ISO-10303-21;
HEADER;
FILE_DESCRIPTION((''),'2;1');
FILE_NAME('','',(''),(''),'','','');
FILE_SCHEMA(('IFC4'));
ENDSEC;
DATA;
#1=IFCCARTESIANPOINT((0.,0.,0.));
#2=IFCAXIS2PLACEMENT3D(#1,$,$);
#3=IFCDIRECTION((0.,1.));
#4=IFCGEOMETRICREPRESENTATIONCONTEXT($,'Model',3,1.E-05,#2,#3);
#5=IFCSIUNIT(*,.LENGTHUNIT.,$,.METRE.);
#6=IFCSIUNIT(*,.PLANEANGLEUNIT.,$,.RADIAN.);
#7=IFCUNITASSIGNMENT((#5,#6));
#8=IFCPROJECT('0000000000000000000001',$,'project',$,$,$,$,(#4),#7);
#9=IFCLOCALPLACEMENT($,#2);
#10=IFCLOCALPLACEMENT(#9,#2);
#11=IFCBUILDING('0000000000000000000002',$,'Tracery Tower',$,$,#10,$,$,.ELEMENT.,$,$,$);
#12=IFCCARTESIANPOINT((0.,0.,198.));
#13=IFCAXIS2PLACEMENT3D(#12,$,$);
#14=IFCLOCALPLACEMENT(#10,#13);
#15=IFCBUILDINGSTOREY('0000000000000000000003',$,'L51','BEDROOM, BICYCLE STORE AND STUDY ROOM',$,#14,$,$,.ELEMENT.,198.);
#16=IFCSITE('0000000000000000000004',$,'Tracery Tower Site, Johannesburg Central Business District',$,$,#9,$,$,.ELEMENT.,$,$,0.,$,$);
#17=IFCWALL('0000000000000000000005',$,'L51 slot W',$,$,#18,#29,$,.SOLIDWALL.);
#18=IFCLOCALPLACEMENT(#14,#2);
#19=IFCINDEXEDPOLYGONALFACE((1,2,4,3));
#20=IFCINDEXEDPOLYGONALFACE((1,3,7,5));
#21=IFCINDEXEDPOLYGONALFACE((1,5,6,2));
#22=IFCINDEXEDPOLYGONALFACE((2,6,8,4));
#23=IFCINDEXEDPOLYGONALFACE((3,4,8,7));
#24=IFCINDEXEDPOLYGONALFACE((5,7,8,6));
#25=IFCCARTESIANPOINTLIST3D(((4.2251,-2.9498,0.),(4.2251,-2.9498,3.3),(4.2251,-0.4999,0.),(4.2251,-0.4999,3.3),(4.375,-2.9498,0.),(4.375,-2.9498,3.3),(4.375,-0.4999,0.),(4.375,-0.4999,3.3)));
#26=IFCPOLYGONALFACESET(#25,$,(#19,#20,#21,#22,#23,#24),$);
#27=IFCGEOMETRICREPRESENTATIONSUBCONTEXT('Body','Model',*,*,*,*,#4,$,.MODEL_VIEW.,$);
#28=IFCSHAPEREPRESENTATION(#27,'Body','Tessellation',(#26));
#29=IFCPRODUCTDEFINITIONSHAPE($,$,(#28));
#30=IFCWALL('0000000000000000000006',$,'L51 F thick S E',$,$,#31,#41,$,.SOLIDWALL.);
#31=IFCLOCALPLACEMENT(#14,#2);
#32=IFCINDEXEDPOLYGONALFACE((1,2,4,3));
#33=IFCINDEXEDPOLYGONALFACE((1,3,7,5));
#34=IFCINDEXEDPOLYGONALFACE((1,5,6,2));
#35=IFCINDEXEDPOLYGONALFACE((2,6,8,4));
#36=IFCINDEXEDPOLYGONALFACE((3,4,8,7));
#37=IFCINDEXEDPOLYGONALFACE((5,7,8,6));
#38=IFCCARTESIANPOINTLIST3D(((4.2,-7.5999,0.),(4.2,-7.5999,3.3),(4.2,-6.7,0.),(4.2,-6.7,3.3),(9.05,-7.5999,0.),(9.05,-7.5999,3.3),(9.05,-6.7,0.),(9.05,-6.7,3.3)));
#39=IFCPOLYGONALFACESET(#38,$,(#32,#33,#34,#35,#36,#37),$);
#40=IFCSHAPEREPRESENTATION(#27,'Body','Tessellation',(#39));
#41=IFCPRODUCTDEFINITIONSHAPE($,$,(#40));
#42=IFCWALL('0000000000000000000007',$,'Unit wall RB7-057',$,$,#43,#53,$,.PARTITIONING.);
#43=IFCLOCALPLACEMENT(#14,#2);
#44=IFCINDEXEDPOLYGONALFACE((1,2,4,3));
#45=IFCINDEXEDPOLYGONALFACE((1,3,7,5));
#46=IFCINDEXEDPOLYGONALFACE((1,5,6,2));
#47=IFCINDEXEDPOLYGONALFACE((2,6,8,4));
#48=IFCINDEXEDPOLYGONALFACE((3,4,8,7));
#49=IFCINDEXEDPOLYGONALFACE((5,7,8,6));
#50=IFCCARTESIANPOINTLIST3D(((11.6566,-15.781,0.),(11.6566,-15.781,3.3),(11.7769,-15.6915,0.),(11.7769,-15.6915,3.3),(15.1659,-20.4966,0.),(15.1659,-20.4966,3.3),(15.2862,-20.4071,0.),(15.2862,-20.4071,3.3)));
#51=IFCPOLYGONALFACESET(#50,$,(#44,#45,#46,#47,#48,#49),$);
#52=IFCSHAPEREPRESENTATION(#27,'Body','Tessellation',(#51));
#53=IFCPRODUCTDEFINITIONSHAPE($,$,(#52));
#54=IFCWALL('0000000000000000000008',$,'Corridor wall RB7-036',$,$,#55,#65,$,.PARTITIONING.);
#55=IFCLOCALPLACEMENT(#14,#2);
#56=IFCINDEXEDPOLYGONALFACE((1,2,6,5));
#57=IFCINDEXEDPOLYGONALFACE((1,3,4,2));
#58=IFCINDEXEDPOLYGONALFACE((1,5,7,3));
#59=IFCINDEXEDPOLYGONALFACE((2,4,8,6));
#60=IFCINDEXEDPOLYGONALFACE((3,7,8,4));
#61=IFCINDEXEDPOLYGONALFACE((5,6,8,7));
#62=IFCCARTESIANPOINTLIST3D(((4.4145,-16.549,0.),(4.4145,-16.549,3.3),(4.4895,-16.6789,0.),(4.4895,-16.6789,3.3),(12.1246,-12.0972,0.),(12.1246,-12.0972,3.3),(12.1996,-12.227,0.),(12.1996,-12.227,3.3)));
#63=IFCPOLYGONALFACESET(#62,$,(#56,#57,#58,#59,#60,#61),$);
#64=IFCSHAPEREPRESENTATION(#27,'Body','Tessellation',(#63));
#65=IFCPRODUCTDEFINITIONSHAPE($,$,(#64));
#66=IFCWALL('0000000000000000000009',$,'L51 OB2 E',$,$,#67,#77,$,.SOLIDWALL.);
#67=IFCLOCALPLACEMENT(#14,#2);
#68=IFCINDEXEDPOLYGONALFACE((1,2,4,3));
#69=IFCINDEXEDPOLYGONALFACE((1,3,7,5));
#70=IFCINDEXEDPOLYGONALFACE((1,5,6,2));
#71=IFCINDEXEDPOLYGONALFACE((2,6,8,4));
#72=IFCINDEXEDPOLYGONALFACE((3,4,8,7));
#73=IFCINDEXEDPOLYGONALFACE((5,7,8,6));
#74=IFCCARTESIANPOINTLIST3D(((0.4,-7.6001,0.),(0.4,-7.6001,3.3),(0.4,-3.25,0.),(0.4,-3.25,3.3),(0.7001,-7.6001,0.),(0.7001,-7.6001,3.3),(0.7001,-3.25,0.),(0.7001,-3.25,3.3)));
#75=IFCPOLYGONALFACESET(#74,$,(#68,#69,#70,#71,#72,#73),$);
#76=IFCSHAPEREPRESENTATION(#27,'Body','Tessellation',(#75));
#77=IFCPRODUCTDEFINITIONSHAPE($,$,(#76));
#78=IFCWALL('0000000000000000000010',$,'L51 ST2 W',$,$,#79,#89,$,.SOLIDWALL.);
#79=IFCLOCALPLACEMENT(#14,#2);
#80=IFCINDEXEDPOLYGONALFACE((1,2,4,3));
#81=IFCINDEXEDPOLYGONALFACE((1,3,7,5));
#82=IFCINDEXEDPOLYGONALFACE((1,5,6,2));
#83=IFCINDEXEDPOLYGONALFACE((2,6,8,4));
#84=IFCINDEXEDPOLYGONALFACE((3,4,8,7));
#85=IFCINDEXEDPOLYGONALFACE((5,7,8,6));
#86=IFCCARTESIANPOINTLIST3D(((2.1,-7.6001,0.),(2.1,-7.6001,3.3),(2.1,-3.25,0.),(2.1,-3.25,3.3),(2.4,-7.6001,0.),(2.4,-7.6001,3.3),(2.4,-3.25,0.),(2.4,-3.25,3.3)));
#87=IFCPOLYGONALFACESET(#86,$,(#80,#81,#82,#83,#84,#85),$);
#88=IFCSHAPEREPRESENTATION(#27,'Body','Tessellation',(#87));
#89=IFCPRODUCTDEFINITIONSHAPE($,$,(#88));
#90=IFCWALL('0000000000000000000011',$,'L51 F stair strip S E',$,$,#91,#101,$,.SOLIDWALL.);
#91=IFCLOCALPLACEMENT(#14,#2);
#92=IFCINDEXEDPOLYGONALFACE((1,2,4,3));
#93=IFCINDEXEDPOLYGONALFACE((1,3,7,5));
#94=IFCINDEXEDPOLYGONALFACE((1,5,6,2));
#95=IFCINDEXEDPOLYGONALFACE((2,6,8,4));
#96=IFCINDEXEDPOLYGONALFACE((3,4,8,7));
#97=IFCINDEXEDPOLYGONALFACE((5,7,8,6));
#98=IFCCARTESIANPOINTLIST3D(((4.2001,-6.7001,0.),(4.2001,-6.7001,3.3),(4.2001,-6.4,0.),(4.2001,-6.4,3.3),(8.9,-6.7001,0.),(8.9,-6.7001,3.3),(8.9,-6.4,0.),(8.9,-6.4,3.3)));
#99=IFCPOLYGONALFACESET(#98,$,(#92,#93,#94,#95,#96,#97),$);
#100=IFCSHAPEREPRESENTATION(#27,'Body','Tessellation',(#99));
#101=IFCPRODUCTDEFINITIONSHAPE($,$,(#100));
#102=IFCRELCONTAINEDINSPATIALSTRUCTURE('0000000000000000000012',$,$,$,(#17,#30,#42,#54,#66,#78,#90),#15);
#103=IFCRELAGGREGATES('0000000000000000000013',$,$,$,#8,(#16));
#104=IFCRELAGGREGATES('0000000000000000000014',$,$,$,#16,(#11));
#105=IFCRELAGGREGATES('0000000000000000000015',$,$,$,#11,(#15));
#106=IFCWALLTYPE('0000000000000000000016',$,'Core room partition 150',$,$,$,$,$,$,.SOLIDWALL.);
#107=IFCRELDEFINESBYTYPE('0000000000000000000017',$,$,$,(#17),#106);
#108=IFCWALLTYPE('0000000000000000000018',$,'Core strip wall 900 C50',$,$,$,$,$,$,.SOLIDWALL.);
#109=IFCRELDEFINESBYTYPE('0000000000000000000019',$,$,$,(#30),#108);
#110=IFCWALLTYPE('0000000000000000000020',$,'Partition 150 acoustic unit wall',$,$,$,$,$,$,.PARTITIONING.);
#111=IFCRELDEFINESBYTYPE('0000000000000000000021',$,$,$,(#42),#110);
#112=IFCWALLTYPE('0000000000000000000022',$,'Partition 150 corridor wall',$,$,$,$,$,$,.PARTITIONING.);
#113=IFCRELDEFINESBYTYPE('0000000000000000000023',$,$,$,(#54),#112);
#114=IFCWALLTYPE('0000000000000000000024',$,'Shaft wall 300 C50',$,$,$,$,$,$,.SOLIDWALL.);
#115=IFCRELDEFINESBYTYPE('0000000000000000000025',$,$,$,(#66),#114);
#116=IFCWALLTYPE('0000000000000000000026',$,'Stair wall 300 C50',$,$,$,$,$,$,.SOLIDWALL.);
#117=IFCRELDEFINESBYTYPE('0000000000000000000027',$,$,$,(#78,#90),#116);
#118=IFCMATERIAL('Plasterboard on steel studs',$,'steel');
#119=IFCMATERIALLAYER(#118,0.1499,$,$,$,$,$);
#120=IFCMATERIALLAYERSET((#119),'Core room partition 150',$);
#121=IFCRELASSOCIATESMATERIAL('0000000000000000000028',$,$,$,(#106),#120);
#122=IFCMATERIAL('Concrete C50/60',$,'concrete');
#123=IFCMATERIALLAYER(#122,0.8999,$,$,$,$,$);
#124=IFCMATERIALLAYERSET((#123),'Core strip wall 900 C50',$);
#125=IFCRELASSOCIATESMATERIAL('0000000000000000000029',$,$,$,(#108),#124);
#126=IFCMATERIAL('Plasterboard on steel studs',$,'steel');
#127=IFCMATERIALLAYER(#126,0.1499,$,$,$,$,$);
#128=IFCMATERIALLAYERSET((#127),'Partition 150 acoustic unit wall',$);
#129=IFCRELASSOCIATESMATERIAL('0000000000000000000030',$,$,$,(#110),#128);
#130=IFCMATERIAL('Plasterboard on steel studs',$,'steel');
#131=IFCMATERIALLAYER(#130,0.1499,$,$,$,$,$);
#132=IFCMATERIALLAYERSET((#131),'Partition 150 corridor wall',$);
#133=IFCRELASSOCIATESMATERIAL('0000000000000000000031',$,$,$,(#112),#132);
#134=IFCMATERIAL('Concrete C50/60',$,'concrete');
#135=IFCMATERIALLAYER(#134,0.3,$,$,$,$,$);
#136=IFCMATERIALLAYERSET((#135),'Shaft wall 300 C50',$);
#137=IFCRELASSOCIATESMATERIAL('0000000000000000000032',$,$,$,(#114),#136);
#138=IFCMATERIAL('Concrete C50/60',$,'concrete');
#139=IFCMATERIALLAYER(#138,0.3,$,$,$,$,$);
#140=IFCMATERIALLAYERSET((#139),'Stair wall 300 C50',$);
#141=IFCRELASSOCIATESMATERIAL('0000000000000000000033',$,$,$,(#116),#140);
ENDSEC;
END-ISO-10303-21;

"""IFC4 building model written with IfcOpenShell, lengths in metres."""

from ifc_helpers import new_model, si_unit, direction, frame, frame_2d, origin, place, context, subcontext, project, spatial, rectangle, extrude, material, layer, layer_set, type_object, element, save


model = new_model("IFC4")

# Units and contexts
model_context = context("Model", 3, precision=1e-05, world=origin(), true_north=direction((0.0, 1.0)))
body_context = subcontext(model_context, "Body", "Model", "MODEL_VIEW")
ifc_project = project(units=[si_unit("LENGTHUNIT", "METRE"), si_unit("PLANEANGLEUNIT", "RADIAN")], contexts=[model_context])

# Site, building, storey
site_placement = place(None, origin())
site = spatial("IfcSite", under=ifc_project, at=site_placement, Name="Tracery Tower Site, Johannesburg Central Business District", CompositionType="ELEMENT", RefElevation=0.0)
building_placement = place(site_placement, origin())
building = spatial("IfcBuilding", under=site, at=building_placement, Name="Tracery Tower", CompositionType="ELEMENT")
storey_placement = place(building_placement, frame((0.0, 0.0, 198.0)))
storey = spatial("IfcBuildingStorey", under=building, at=storey_placement, Name="L51", Description="BEDROOM, BICYCLE STORE AND STUDY ROOM", CompositionType="ELEMENT", Elevation=198.0)

# Walls
ifc_material_1 = material(Name="Plasterboard on steel studs", Category="steel")
ifc_layer_1 = layer(ifc_material_1, 0.1499)
ifc_layer_set_1 = layer_set([ifc_layer_1], Name="Core room partition 150")
wall_type_1 = type_object("IfcWallType", Name="Core room partition 150", PredefinedType="SOLIDWALL", material=ifc_layer_set_1)
wall_1_placement = place(storey_placement, frame((4.3, -2.95, 0.0), z_axis=(0.0, 0.0, 1.0), x_axis=(0.0, 1.0, 0.0)))
element("IfcWall", 1, at=wall_1_placement, inside=storey, type_object=wall_type_1, Name="L51 slot W", PredefinedType="SOLIDWALL", context=body_context, shape_type="SweptSolid", body=[
    extrude(rectangle(XDim=2.45, YDim=0.1499, at=frame_2d((1.2251, 0.0))), origin(), (0.0, 0.0, 1.0), 3.3),
])
ifc_material_2 = material(Name="Concrete C50/60", Category="concrete")
ifc_layer_2 = layer(ifc_material_2, 0.8999)
ifc_layer_set_2 = layer_set([ifc_layer_2], Name="Core strip wall 900 C50")
wall_type_2 = type_object("IfcWallType", Name="Core strip wall 900 C50", PredefinedType="SOLIDWALL", material=ifc_layer_set_2)
wall_2_placement = place(storey_placement, frame((4.2, -7.1499, 0.0), z_axis=(0.0, 0.0, 1.0), x_axis=(1.0, 0.0, 0.0)))
element("IfcWall", 2, at=wall_2_placement, inside=storey, type_object=wall_type_2, Name="L51 F thick S E", PredefinedType="SOLIDWALL", context=body_context, shape_type="SweptSolid", body=[
    extrude(rectangle(XDim=4.8501, YDim=0.8999, at=frame_2d((2.425, 0.0))), origin(), (0.0, 0.0, 1.0), 3.3),
])
ifc_material_3 = material(Name="Plasterboard on steel studs", Category="steel")
ifc_layer_3 = layer(ifc_material_3, 0.1499)
ifc_layer_set_3 = layer_set([ifc_layer_3], Name="Partition 150 acoustic unit wall")
wall_type_3 = type_object("IfcWallType", Name="Partition 150 acoustic unit wall", PredefinedType="PARTITIONING", material=ifc_layer_set_3)
wall_3_placement = place(storey_placement, frame((11.7168, -15.7363, 0.0), z_axis=(0.0, 0.0, 1.0), x_axis=(0.597012, -0.802232, 0.0)))
element("IfcWall", 3, at=wall_3_placement, inside=storey, type_object=wall_type_3, Name="Unit wall RB7-057", PredefinedType="PARTITIONING", context=body_context, shape_type="SweptSolid", body=[
    extrude(rectangle(XDim=5.8782, YDim=0.1499, at=frame_2d((2.939, 0.0))), origin(), (0.0, 0.0, 1.0), 3.3),
])
ifc_material_4 = material(Name="Plasterboard on steel studs", Category="steel")
ifc_layer_4 = layer(ifc_material_4, 0.1499)
ifc_layer_set_4 = layer_set([ifc_layer_4], Name="Partition 150 corridor wall")
wall_type_4 = type_object("IfcWallType", Name="Partition 150 corridor wall", PredefinedType="PARTITIONING", material=ifc_layer_set_4)
wall_4_placement = place(storey_placement, frame((4.4519, -16.614, 0.0), z_axis=(0.0, 0.0, 1.0), x_axis=(0.866005, 0.500035, 0.0)))
element("IfcWall", 4, at=wall_4_placement, inside=storey, type_object=wall_type_4, Name="Corridor wall RB7-036", PredefinedType="PARTITIONING", context=body_context, shape_type="SweptSolid", body=[
    extrude(rectangle(XDim=8.9031, YDim=0.1499, at=frame_2d((4.4517, 0.0))), origin(), (0.0, 0.0, 1.0), 3.3),
])
ifc_material_5 = material(Name="Concrete C50/60", Category="concrete")
ifc_layer_5 = layer(ifc_material_5, 0.3)
ifc_layer_set_5 = layer_set([ifc_layer_5], Name="Shaft wall 300 C50")
wall_type_5 = type_object("IfcWallType", Name="Shaft wall 300 C50", PredefinedType="SOLIDWALL", material=ifc_layer_set_5)
wall_5_placement = place(storey_placement, frame((0.55, -7.6001, 0.0), z_axis=(0.0, 0.0, 1.0), x_axis=(0.0, 1.0, 0.0)))
element("IfcWall", 5, at=wall_5_placement, inside=storey, type_object=wall_type_5, Name="L51 OB2 E", PredefinedType="SOLIDWALL", context=body_context, shape_type="SweptSolid", body=[
    extrude(rectangle(XDim=4.3501, YDim=0.3, at=frame_2d((2.175, 0.0))), origin(), (0.0, 0.0, 1.0), 3.3),
])

# Shared definitions
ifc_material_6 = material(Name="Concrete C50/60", Category="concrete")
ifc_layer_6 = layer(ifc_material_6, 0.3)
ifc_layer_set_6 = layer_set([ifc_layer_6], Name="Stair wall 300 C50")
wall_type_6 = type_object("IfcWallType", Name="Stair wall 300 C50", PredefinedType="SOLIDWALL", material=ifc_layer_set_6)

# Wall
wall_6_placement = place(storey_placement, frame((2.25, -7.6001, 0.0), z_axis=(0.0, 0.0, 1.0), x_axis=(0.0, 1.0, 0.0)))
element("IfcWall", 6, at=wall_6_placement, inside=storey, type_object=wall_type_6, Name="L51 ST2 W", PredefinedType="SOLIDWALL", context=body_context, shape_type="SweptSolid", body=[
    extrude(rectangle(XDim=4.3501, YDim=0.3, at=frame_2d((2.175, 0.0))), origin(), (0.0, 0.0, 1.0), 3.3),
])

# Wall
wall_7_placement = place(storey_placement, frame((4.2, -6.55, 0.0), z_axis=(0.0, 0.0, 1.0), x_axis=(1.0, 0.0, 0.0)))
element("IfcWall", 7, at=wall_7_placement, inside=storey, type_object=wall_type_6, Name="L51 F stair strip S E", PredefinedType="SOLIDWALL", context=body_context, shape_type="SweptSolid", body=[
    extrude(rectangle(XDim=4.7, YDim=0.3, at=frame_2d((2.3501, 0.0))), origin(), (0.0, 0.0, 1.0), 3.3),
])

save(model, "model.ifc")
